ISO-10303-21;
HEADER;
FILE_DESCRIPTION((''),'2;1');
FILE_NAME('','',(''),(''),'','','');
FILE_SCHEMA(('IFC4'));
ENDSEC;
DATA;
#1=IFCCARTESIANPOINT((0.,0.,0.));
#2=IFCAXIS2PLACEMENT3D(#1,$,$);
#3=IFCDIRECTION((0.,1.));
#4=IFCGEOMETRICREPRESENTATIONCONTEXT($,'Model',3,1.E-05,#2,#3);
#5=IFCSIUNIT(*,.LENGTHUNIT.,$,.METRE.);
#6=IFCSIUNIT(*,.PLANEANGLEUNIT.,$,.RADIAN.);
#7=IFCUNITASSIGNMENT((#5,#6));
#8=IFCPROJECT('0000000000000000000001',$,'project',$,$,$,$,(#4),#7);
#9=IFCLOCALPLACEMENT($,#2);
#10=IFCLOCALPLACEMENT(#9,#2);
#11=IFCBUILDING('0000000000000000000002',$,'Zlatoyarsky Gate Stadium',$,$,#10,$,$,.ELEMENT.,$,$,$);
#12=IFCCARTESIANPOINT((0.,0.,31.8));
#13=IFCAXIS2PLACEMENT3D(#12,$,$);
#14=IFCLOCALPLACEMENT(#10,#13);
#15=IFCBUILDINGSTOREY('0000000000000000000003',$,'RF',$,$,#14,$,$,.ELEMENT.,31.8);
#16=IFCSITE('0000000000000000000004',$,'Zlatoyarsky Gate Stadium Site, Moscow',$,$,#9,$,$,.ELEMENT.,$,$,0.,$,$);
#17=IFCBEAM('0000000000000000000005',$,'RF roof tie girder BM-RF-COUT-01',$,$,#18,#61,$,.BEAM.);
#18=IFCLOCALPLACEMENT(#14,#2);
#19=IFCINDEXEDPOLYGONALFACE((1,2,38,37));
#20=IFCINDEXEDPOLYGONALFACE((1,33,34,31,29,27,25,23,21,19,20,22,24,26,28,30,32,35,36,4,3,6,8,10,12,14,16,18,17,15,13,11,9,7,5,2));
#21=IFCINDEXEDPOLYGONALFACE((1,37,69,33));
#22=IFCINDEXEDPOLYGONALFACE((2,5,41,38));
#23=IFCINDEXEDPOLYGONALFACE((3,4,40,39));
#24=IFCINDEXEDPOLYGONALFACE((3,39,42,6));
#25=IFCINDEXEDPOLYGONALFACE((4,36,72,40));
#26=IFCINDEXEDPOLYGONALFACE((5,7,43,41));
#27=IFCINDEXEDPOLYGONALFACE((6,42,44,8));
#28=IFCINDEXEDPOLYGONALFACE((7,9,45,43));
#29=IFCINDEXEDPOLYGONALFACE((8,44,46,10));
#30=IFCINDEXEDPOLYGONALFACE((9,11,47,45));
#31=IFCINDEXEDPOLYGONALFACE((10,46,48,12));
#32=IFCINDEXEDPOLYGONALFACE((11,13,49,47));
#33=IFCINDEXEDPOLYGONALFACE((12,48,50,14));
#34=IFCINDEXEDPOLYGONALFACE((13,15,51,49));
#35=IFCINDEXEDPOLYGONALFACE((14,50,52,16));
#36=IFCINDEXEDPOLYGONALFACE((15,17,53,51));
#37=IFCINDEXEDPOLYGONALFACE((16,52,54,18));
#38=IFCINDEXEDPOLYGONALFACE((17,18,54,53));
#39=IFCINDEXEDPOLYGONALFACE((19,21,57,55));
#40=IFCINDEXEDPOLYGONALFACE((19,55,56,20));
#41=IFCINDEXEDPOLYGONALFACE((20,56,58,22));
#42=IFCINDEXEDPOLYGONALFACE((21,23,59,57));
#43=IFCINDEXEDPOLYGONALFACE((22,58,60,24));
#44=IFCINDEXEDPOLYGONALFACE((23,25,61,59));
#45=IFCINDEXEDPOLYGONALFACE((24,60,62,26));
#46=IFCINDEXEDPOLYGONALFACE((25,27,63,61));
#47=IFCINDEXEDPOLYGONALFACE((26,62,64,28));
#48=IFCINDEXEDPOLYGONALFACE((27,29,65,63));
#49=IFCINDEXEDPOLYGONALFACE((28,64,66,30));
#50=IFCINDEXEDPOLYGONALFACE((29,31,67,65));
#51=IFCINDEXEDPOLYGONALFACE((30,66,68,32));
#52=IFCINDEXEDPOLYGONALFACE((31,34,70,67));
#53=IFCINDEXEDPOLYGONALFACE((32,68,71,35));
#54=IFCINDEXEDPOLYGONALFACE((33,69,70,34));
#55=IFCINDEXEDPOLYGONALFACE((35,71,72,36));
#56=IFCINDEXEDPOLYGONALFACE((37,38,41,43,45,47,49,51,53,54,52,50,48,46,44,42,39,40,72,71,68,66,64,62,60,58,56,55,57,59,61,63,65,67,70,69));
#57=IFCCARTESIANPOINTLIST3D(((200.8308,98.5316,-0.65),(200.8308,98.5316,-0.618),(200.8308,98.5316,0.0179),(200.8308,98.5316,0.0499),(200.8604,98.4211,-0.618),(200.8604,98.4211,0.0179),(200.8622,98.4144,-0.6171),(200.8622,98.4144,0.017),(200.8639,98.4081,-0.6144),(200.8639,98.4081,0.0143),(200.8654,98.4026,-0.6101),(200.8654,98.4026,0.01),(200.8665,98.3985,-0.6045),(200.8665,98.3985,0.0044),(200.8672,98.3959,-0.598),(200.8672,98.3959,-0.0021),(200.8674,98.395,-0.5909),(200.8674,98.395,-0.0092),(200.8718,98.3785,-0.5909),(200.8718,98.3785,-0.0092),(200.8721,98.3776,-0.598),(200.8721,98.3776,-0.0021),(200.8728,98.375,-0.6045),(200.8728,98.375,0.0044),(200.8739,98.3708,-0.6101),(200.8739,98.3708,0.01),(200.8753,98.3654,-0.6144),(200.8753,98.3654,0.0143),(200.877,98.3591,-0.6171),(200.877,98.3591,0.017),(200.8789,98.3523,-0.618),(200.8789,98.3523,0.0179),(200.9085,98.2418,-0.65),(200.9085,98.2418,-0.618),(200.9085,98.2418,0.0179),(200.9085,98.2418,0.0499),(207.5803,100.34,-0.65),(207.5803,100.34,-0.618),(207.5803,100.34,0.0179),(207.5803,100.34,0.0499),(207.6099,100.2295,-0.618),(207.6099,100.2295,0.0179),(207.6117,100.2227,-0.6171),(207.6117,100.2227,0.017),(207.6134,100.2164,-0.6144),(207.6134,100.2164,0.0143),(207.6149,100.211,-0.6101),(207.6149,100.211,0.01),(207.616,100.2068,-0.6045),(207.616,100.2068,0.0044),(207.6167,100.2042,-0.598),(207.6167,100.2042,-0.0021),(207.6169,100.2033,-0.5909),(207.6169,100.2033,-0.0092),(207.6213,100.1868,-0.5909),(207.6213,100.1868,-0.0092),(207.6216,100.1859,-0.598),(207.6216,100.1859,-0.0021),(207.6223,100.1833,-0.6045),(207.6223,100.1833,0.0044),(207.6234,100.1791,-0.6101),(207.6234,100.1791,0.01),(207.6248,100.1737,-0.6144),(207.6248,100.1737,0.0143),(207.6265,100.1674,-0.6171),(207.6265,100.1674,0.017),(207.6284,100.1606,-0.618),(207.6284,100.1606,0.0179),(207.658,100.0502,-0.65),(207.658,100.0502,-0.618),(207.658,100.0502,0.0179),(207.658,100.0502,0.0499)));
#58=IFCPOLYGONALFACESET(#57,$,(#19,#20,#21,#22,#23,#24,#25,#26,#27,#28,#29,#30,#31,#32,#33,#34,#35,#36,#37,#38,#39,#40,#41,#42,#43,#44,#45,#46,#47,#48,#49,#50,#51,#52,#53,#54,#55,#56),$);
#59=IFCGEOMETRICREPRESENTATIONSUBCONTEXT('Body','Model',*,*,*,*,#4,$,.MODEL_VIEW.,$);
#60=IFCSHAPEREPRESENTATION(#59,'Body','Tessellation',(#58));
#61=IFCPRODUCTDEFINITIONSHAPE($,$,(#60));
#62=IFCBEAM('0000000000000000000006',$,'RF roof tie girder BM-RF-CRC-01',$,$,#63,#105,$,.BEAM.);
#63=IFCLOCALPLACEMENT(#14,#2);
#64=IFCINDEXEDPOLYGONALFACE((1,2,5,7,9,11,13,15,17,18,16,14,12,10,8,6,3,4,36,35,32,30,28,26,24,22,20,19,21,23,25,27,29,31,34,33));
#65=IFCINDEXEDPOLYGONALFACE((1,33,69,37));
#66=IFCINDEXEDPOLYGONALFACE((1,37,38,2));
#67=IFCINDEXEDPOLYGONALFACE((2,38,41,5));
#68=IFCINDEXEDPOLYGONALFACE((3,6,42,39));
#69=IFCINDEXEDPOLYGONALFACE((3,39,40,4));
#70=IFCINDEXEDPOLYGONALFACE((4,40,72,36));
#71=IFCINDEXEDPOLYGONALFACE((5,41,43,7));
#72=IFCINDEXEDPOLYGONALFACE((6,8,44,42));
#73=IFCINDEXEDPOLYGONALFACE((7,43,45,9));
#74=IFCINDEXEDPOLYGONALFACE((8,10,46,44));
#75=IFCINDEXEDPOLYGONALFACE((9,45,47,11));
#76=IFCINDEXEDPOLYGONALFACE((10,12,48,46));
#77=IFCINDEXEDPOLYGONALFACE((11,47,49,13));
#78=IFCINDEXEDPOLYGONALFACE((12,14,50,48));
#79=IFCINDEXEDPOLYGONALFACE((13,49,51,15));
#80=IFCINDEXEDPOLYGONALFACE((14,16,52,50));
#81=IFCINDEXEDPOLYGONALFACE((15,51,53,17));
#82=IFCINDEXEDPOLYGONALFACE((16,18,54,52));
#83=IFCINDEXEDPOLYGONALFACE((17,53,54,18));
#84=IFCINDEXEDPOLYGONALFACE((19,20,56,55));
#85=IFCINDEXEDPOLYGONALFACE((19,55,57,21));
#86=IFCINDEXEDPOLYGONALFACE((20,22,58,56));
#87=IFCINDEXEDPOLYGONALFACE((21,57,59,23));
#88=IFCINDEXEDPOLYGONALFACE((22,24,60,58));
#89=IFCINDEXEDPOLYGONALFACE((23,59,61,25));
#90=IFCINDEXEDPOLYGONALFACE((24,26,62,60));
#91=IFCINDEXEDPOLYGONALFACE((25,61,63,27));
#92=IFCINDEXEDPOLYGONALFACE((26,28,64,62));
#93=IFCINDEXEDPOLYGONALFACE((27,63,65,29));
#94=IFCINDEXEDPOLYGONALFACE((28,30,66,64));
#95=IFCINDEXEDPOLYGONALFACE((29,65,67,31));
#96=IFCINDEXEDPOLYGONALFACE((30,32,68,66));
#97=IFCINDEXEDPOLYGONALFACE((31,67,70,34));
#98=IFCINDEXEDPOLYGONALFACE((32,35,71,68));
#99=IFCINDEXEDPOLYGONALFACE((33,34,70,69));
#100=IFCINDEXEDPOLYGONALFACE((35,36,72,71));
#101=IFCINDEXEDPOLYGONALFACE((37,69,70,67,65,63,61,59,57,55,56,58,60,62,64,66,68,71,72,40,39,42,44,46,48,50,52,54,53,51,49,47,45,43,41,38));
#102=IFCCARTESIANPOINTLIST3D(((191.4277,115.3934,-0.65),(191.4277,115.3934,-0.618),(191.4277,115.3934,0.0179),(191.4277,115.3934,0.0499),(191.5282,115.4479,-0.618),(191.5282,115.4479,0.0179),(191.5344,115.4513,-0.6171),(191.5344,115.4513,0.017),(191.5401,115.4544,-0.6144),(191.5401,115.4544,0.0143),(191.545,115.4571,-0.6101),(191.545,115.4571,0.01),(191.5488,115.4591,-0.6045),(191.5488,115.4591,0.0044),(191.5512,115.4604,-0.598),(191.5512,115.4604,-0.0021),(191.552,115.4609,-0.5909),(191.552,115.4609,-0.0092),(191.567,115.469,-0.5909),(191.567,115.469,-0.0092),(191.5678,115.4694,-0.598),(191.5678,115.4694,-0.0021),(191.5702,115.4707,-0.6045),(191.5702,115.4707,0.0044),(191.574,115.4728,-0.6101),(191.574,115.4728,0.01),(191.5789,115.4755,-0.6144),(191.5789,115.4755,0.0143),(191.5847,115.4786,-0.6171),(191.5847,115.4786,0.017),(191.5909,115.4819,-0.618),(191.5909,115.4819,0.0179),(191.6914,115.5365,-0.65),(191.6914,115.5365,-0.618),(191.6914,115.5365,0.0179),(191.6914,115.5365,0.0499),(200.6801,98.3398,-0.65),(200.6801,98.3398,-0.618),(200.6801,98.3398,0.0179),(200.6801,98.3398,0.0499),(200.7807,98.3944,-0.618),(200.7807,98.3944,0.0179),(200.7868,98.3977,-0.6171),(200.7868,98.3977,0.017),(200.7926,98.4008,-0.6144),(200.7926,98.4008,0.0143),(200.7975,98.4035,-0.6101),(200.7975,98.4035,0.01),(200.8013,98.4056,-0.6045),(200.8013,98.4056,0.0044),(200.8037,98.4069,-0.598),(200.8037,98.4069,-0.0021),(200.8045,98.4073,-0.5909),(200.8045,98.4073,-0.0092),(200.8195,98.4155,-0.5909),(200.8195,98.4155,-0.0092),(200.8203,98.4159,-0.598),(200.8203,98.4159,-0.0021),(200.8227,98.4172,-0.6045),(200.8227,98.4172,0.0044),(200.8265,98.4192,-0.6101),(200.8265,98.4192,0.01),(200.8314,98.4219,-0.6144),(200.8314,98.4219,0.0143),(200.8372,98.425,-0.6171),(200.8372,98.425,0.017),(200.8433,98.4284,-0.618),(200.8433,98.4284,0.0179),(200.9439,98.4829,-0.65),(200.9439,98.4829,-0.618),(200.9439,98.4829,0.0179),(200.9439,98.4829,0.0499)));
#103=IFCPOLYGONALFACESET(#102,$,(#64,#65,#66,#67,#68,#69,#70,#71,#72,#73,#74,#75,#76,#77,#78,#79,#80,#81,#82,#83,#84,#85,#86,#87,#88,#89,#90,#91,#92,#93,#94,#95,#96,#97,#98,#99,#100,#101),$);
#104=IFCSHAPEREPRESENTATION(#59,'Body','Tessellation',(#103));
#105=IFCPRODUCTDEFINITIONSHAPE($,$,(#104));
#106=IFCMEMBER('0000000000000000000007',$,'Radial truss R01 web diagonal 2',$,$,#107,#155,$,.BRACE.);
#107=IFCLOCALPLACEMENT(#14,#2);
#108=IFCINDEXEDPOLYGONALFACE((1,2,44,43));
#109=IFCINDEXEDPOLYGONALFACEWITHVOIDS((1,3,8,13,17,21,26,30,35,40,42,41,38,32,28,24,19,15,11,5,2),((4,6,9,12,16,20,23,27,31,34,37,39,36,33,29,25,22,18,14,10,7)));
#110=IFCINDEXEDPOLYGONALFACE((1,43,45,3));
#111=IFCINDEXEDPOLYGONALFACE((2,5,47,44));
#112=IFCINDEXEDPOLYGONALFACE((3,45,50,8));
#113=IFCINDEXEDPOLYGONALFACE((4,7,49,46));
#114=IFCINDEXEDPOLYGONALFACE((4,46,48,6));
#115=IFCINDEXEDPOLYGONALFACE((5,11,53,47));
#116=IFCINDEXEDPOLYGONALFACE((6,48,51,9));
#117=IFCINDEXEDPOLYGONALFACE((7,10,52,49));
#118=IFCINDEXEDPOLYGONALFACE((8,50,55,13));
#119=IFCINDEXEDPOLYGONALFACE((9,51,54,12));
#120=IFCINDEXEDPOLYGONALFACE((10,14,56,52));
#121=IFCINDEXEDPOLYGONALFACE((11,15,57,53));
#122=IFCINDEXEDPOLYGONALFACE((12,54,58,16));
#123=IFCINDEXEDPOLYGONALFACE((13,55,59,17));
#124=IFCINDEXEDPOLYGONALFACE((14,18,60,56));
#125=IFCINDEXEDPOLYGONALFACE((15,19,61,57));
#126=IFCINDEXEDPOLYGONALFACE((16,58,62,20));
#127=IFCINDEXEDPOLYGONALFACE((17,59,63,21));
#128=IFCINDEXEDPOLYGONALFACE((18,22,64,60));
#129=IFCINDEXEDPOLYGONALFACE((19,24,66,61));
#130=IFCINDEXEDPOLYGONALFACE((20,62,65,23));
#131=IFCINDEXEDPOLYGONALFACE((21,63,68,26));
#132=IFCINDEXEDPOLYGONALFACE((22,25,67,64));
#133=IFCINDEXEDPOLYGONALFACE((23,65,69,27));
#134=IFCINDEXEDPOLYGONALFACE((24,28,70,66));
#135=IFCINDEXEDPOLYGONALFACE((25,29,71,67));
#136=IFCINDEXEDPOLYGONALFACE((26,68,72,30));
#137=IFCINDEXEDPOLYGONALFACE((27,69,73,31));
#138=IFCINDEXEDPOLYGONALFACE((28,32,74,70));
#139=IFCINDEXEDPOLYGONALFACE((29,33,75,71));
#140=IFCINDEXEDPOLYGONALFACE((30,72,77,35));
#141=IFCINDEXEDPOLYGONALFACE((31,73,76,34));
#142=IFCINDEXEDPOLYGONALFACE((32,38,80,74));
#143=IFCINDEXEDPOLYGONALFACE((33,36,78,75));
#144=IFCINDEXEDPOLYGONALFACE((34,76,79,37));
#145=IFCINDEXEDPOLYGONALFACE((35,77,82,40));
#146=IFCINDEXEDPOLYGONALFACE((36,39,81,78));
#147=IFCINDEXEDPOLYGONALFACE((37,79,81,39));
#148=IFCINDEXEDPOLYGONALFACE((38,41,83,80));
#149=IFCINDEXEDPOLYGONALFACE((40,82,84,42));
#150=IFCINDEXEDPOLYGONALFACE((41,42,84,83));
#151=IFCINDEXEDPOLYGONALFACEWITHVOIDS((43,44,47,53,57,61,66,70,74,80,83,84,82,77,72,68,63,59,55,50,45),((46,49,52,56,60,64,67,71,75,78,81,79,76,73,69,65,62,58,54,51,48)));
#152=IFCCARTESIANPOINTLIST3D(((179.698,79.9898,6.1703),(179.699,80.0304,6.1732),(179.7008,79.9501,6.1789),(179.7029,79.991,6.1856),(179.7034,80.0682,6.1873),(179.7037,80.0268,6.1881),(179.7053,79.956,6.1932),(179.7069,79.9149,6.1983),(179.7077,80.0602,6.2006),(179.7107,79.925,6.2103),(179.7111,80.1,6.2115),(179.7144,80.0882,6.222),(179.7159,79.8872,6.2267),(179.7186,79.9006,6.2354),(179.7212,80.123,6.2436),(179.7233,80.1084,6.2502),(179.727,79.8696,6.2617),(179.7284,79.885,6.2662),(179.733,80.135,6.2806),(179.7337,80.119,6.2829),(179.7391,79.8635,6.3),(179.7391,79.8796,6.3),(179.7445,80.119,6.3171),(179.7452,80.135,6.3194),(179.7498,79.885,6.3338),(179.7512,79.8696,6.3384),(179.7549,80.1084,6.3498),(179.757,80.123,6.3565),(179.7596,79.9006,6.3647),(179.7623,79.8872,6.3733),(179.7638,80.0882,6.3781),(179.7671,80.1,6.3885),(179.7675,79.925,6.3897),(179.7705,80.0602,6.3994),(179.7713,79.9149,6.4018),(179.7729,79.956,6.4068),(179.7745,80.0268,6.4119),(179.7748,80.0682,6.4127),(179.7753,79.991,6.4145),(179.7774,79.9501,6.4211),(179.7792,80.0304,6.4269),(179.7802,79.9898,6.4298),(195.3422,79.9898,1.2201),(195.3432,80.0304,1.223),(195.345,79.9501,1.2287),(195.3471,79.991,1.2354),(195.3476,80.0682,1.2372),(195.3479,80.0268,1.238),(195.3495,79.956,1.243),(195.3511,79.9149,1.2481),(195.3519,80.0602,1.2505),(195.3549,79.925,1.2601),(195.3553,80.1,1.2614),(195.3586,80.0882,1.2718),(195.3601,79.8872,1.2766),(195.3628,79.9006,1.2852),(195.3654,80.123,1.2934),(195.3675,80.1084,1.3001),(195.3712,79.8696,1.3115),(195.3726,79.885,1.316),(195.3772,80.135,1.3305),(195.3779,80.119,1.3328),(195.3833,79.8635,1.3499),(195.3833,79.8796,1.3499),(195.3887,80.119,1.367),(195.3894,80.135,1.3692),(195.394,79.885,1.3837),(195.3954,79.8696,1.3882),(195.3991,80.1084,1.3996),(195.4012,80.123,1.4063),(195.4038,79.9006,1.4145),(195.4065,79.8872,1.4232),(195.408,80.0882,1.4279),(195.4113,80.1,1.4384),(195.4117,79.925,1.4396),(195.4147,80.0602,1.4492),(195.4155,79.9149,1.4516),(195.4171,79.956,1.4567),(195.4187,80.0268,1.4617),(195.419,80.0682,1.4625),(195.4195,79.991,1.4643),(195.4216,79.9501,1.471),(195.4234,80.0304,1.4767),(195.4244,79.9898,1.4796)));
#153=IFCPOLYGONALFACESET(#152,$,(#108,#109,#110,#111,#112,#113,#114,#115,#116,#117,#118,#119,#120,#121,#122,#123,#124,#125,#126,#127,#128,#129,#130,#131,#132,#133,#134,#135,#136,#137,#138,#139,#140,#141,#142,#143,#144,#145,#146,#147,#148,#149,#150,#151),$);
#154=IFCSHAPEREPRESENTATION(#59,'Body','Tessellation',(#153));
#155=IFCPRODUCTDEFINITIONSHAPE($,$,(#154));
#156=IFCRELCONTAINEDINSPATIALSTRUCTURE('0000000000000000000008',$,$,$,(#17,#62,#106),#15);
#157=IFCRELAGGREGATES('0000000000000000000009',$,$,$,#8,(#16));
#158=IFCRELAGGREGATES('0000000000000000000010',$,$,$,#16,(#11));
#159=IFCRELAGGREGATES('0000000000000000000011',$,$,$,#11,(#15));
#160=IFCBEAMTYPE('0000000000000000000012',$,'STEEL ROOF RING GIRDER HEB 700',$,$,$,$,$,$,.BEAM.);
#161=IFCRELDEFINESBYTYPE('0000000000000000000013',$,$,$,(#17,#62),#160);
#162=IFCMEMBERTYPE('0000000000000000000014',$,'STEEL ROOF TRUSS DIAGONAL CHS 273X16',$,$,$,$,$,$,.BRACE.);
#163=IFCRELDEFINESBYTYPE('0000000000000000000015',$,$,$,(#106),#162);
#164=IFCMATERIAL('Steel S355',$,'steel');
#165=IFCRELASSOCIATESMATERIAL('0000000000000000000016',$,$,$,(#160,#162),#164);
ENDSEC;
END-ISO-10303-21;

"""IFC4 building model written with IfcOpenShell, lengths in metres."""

from ifc_helpers import new_model, si_unit, direction, frame, origin, origin_2d, place, context, subcontext, project, spatial, hollow_circle, i_section, extrude, material, material_profile, profile_set, type_object, element, save


model = new_model("IFC4")

# Units and contexts
model_context = context("Model", 3, precision=1e-05, world=origin(), true_north=direction((0.0, 1.0)))
body_context = subcontext(model_context, "Body", "Model", "MODEL_VIEW")
ifc_project = project(units=[si_unit("LENGTHUNIT", "METRE"), si_unit("PLANEANGLEUNIT", "RADIAN")], contexts=[model_context])

# Site, building, storey
site_placement = place(None, origin())
site = spatial("IfcSite", under=ifc_project, at=site_placement, Name="Zlatoyarsky Gate Stadium Site, Moscow", CompositionType="ELEMENT", RefElevation=0.0)
building_placement = place(site_placement, origin())
building = spatial("IfcBuilding", under=site, at=building_placement, Name="Zlatoyarsky Gate Stadium", CompositionType="ELEMENT")
storey_placement = place(building_placement, frame((0.0, 0.0, 31.8)))
storey = spatial("IfcBuildingStorey", under=building, at=storey_placement, Name="RF", CompositionType="ELEMENT", Elevation=31.8)

# Shared definitions
ifc_material_1 = material(Name="Steel S355", Category="steel")

# Beams
ifc_material_profile_1 = material_profile(ifc_material_1, i_section(OverallWidth=0.3, OverallDepth=0.7, WebThickness=0.0171, FlangeThickness=0.032, FilletRadius=0.0271, at=origin_2d()), Name="HEB 700")
ifc_profile_set_1 = profile_set([ifc_material_profile_1], Name="Steel S355")
beam_type = type_object("IfcBeamType", Name="STEEL ROOF RING GIRDER HEB 700", PredefinedType="BEAM", material=ifc_profile_set_1)
beam_1_placement = place(storey_placement, frame((200.8696, 98.3867, -0.3), z_axis=(0.965932, 0.258795, 0.0), x_axis=(-0.258795, 0.965932, 0.0)))
element("IfcBeam", 1, at=beam_1_placement, inside=storey, type_object=beam_type, Name="RF roof tie girder BM-RF-COUT-01", PredefinedType="BEAM", context=body_context, shape_type="SweptSolid", body=[
    extrude(i_section(OverallWidth=0.3, OverallDepth=0.7, WebThickness=0.0171, FlangeThickness=0.032, FilletRadius=0.0271, at=origin_2d()), origin(), (0.0, 0.0, 1.0), 6.9875),
])
beam_2_placement = place(storey_placement, frame((200.812, 98.4114, -0.3), z_axis=(-0.476887, 0.878965, 0.0), x_axis=(-0.878965, -0.476887, 0.0)))
element("IfcBeam", 2, at=beam_2_placement, inside=storey, type_object=beam_type, Name="RF roof tie girder BM-RF-CRC-01", PredefinedType="BEAM", context=body_context, shape_type="SweptSolid", body=[
    extrude(i_section(OverallWidth=0.3, OverallDepth=0.7, WebThickness=0.0171, FlangeThickness=0.032, FilletRadius=0.0271, at=origin_2d()), origin(), (0.0, 0.0, 1.0), 19.4019),
])

# Member
ifc_material_profile_2 = material_profile(ifc_material_1, hollow_circle(Radius=0.1365, WallThickness=0.0161, at=origin_2d()), Name="CHS 273X16")
ifc_profile_set_2 = profile_set([ifc_material_profile_2], Name="Steel S355")
member_type_1 = type_object("IfcMemberType", Name="STEEL ROOF TRUSS DIAGONAL CHS 273X16", PredefinedType="BRACE", material=ifc_profile_set_2)
member_1_placement = place(storey_placement, frame((195.3833, 80.0, 1.3499), z_axis=(-0.953409, 0.0, 0.30168), x_axis=(0.0, -1.0, 0.0)))
element("IfcMember", 3, at=member_1_placement, inside=storey, type_object=member_type_1, Name="Radial truss R01 web diagonal 2", PredefinedType="BRACE", context=body_context, shape_type="SweptSolid", body=[
    extrude(hollow_circle(Radius=0.1365, WallThickness=0.0161, at=origin_2d()), origin(), (0.0, 0.0, 1.0), 16.4087),
])

save(model, "model.ifc")
